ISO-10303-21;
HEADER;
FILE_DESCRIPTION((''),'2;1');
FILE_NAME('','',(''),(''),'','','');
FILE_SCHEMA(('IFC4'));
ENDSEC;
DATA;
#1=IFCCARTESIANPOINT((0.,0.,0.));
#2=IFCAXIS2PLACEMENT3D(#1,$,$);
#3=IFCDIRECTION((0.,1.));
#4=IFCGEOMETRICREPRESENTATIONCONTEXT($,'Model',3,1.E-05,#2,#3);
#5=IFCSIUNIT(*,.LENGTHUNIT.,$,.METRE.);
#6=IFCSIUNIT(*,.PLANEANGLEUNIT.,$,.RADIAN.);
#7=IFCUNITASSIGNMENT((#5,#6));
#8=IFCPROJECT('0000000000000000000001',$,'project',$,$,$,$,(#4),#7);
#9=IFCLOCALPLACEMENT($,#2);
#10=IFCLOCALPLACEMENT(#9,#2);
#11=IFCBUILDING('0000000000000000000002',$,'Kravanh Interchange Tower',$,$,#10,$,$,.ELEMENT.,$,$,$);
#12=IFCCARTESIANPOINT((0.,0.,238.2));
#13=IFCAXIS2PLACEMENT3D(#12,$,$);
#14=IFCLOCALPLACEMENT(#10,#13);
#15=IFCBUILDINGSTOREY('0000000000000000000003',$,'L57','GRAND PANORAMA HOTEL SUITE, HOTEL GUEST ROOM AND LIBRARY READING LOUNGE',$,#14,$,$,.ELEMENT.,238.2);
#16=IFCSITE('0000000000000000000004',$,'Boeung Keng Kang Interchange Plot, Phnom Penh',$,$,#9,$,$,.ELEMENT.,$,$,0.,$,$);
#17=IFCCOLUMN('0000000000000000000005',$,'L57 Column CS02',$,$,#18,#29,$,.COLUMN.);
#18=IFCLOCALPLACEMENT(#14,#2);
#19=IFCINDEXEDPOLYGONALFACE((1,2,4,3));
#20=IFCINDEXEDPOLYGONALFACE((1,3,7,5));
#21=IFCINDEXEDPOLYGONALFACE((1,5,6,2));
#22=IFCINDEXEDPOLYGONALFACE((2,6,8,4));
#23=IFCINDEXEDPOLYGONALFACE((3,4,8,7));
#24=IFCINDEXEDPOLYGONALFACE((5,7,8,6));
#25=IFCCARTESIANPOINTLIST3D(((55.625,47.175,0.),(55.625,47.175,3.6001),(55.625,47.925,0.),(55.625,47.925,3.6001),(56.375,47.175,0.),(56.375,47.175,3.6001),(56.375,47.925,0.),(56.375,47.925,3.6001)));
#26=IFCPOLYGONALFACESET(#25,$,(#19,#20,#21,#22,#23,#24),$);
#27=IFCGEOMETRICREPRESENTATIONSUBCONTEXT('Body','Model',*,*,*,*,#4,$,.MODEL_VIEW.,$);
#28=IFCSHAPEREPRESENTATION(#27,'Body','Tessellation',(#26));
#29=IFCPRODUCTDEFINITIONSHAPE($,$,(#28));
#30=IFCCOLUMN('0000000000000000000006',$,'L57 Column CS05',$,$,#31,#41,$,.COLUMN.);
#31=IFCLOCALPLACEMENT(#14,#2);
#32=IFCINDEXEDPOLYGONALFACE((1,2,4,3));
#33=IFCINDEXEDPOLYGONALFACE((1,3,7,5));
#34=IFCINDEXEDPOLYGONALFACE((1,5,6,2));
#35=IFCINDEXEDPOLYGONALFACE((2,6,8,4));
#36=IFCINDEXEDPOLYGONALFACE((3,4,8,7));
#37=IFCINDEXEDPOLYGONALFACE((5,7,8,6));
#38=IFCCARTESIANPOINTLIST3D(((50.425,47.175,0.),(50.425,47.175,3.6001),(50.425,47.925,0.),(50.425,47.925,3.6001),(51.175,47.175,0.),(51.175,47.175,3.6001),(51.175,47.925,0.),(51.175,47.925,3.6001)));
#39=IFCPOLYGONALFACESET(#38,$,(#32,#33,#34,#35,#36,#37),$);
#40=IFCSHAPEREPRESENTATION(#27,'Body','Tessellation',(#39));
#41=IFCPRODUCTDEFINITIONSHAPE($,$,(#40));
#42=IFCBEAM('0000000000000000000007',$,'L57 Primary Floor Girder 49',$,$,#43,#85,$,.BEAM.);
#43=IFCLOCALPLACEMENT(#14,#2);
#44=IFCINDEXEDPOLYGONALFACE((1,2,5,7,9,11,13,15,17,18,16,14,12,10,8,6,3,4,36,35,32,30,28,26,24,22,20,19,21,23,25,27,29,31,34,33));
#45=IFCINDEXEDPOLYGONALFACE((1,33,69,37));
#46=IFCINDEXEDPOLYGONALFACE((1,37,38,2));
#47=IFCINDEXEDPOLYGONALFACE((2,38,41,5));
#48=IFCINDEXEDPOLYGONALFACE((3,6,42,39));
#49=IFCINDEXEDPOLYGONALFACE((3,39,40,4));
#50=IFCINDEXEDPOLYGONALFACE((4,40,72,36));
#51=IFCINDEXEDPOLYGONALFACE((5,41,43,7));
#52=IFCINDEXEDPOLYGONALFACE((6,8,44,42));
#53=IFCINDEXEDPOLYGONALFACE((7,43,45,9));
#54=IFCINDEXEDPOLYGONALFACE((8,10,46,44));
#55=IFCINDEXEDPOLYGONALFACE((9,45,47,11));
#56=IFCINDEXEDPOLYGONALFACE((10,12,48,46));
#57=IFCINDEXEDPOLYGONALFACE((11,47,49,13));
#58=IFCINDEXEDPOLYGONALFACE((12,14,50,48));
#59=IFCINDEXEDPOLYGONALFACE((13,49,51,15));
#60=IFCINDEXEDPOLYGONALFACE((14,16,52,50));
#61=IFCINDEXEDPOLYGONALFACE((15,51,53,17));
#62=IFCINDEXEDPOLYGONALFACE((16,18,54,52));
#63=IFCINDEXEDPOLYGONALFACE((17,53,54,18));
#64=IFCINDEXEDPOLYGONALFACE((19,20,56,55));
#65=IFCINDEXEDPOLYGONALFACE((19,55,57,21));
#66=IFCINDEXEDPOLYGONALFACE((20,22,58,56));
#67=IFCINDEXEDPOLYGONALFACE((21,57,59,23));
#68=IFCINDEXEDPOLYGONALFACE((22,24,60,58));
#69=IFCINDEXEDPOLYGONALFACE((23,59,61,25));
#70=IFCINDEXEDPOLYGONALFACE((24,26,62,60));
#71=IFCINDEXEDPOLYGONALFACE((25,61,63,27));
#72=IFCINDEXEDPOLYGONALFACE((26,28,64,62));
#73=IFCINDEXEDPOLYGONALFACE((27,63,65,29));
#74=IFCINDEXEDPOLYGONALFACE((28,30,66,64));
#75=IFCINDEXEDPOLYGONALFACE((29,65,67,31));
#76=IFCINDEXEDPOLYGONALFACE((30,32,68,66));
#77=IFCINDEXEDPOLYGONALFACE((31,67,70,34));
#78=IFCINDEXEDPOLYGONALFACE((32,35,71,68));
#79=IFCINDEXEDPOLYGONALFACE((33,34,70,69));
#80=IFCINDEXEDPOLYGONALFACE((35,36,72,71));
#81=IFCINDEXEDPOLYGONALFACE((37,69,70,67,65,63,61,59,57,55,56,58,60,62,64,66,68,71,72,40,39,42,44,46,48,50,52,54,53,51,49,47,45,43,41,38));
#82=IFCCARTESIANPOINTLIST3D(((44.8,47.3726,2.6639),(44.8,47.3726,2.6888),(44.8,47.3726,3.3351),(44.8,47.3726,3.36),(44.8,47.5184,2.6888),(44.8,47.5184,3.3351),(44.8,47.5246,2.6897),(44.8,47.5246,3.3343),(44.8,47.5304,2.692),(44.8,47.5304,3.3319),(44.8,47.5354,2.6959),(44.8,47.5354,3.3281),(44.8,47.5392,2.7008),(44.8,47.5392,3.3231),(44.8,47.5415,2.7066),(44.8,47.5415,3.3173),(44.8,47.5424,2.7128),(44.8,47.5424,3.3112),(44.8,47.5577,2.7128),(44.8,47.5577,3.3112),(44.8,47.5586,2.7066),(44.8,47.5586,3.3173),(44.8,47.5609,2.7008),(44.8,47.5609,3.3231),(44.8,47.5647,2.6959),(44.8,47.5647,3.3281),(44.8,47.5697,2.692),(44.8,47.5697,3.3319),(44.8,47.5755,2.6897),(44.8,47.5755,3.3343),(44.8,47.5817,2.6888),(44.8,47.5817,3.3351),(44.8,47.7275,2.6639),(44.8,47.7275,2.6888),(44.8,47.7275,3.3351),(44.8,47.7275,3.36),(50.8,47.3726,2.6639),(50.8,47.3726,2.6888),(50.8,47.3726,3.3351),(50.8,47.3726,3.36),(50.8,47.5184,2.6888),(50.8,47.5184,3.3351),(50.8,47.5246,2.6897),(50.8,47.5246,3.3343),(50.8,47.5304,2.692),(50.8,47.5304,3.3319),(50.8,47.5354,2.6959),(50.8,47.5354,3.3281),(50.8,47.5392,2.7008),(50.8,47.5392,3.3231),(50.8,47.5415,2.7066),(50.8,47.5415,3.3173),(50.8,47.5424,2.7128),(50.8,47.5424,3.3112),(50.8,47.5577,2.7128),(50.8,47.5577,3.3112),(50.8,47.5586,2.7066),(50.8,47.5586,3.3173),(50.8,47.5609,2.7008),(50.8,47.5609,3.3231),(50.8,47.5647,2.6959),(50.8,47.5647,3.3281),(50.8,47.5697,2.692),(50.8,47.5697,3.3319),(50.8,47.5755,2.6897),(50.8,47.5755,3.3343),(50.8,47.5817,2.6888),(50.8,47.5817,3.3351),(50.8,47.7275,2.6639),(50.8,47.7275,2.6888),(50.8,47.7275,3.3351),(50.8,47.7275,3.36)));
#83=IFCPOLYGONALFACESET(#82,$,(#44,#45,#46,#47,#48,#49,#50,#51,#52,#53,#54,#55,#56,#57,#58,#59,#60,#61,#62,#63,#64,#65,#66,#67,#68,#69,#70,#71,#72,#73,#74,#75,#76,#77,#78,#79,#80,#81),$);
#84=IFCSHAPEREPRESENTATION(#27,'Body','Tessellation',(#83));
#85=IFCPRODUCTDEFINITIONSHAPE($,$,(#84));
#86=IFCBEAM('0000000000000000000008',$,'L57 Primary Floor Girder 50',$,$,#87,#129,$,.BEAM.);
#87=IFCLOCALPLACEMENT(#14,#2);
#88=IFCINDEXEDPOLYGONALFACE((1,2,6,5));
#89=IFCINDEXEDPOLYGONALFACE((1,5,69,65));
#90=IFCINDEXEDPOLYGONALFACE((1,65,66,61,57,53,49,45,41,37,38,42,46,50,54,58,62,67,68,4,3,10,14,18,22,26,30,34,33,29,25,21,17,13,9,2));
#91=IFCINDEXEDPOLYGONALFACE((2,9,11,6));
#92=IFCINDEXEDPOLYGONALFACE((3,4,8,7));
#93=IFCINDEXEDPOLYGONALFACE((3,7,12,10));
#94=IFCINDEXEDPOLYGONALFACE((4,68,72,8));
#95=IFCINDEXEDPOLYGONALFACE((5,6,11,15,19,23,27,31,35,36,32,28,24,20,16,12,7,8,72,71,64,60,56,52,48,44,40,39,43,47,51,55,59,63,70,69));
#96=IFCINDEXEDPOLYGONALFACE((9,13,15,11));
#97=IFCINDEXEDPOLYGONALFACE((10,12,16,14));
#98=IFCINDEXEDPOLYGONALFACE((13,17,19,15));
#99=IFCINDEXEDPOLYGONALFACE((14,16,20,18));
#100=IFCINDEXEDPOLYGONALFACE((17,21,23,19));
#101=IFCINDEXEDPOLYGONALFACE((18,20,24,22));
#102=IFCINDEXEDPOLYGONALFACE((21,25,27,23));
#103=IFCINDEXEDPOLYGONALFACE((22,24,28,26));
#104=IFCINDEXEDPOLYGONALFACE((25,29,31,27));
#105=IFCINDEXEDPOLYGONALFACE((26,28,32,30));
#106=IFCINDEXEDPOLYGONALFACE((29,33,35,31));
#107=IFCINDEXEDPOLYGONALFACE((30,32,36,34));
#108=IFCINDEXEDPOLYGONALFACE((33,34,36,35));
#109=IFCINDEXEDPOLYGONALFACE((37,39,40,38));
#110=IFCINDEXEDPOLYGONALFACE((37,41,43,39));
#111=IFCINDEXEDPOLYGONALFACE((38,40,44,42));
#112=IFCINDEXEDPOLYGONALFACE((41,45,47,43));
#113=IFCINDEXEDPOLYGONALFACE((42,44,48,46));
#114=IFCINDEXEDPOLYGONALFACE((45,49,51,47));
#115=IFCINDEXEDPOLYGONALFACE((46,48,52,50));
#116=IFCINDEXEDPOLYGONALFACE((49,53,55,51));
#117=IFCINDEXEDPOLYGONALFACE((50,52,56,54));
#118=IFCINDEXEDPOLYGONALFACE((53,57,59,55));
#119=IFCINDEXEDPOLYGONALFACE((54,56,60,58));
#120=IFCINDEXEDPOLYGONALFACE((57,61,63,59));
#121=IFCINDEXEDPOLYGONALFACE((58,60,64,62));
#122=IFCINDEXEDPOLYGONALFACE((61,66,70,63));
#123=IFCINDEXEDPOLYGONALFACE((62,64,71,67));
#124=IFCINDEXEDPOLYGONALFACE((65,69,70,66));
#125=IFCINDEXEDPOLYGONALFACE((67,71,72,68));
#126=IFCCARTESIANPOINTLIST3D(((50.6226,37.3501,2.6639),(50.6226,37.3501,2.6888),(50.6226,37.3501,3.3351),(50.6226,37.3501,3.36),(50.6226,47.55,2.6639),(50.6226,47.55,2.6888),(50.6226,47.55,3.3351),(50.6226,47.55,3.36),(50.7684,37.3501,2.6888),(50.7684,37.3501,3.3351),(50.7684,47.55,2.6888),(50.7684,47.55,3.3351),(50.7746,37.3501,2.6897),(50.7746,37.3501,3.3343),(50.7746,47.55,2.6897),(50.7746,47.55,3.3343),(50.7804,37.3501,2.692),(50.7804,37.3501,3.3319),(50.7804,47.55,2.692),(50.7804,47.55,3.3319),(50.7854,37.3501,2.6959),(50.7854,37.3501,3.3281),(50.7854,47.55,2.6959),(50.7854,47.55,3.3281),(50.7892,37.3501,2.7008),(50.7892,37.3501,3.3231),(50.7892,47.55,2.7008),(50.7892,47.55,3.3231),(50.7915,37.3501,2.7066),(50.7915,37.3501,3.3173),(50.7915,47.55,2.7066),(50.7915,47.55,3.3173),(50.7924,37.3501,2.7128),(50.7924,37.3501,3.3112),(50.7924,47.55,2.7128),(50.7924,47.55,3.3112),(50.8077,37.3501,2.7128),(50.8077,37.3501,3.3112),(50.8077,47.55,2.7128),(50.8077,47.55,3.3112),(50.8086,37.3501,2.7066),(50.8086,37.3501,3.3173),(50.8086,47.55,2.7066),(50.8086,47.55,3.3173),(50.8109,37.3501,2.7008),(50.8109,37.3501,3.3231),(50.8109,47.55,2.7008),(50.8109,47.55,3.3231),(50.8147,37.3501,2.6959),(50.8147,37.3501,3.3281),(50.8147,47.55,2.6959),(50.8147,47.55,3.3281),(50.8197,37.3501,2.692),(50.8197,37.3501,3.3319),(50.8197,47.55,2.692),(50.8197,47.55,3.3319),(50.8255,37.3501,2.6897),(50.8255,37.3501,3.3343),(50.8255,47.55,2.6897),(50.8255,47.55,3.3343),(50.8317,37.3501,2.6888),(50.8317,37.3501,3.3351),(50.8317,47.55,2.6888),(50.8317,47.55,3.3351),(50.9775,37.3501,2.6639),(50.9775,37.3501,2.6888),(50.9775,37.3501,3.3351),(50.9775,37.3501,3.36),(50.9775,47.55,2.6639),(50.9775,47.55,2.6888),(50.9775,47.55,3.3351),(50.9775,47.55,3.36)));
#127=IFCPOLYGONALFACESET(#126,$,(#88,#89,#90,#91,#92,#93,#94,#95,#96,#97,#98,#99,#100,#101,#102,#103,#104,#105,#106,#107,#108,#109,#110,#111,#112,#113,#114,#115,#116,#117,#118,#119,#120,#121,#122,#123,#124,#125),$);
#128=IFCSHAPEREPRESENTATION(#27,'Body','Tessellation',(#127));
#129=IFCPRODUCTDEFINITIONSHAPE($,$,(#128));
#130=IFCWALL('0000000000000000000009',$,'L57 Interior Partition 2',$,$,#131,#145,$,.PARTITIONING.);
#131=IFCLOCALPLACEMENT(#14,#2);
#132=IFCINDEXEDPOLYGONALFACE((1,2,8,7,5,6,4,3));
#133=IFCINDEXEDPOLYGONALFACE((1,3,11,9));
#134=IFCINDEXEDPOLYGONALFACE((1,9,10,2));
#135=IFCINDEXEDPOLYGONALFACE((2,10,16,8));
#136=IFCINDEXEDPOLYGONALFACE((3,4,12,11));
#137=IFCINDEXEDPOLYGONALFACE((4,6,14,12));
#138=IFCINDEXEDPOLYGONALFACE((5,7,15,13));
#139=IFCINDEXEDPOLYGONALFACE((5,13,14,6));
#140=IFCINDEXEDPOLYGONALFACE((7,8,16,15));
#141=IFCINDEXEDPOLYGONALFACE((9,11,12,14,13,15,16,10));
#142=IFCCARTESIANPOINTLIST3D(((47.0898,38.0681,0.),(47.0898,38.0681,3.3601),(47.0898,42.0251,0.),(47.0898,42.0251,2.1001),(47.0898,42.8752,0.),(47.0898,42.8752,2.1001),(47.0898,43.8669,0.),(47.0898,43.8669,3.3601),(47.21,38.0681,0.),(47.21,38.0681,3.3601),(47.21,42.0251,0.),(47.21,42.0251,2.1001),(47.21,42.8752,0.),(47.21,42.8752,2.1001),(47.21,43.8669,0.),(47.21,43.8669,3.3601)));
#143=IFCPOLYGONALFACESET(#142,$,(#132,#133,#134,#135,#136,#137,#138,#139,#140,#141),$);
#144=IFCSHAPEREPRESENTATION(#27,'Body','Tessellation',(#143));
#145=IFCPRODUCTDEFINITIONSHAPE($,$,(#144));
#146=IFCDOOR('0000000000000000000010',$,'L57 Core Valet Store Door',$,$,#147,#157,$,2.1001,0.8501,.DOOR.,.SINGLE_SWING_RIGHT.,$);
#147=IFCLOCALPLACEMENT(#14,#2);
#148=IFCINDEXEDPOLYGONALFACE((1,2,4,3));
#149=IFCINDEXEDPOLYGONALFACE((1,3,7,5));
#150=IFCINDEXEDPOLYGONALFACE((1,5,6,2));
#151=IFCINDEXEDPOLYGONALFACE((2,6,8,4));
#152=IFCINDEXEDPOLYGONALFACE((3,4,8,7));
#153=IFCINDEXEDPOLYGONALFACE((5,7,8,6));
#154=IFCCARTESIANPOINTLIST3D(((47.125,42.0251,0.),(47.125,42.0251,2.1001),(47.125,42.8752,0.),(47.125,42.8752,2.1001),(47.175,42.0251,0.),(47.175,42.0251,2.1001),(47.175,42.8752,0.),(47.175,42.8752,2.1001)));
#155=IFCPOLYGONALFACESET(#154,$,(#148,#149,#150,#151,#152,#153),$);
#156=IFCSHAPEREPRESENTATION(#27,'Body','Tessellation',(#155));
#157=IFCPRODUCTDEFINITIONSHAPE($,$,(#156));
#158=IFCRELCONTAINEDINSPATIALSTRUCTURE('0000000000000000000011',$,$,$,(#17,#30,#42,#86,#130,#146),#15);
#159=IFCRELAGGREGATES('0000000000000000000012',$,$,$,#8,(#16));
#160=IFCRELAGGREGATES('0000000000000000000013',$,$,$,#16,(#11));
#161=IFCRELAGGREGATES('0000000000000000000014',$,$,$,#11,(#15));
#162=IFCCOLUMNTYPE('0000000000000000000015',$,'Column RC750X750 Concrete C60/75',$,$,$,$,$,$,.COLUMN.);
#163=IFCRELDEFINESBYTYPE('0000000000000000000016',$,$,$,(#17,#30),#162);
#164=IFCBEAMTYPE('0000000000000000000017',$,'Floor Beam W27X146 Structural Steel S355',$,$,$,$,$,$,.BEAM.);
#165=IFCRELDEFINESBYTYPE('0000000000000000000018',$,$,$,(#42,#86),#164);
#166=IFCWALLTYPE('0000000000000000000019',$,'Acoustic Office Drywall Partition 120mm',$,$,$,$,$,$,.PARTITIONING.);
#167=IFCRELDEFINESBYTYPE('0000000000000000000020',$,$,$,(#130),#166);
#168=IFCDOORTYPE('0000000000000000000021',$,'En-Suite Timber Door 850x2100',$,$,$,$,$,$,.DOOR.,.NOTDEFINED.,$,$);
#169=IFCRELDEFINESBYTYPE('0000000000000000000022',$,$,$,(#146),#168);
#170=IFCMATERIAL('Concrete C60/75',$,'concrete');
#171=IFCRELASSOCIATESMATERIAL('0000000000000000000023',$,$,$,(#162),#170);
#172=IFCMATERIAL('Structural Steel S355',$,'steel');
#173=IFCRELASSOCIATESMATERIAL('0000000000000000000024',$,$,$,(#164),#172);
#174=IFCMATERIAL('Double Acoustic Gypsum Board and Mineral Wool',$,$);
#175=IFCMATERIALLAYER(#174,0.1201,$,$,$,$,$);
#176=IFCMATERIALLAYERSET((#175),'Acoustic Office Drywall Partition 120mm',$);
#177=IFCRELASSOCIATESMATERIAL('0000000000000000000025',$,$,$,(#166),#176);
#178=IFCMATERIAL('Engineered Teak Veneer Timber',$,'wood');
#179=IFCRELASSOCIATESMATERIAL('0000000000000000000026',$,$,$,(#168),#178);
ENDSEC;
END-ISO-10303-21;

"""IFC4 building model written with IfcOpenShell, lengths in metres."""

from ifc_helpers import new_model, si_unit, direction, frame, frame_2d, origin, origin_2d, place, context, subcontext, project, spatial, rectangle, i_section, extrude, material, layer, layer_set, material_profile, profile_set, type_object, element, fill, save


model = new_model("IFC4")

# Units and contexts
model_context = context("Model", 3, precision=1e-05, world=origin(), true_north=direction((0.0, 1.0)))
body_context = subcontext(model_context, "Body", "Model", "MODEL_VIEW")
ifc_project = project(units=[si_unit("LENGTHUNIT", "METRE"), si_unit("PLANEANGLEUNIT", "RADIAN")], contexts=[model_context])

# Site, building, storey
site_placement = place(None, origin())
site = spatial("IfcSite", under=ifc_project, at=site_placement, Name="Boeung Keng Kang Interchange Plot, Phnom Penh", CompositionType="ELEMENT", RefElevation=0.0)
building_placement = place(site_placement, origin())
building = spatial("IfcBuilding", under=site, at=building_placement, Name="Kravanh Interchange Tower", CompositionType="ELEMENT")
storey_placement = place(building_placement, frame((0.0, 0.0, 238.2)))
storey = spatial("IfcBuildingStorey", under=building, at=storey_placement, Name="L57", Description="GRAND PANORAMA HOTEL SUITE, HOTEL GUEST ROOM AND LIBRARY READING LOUNGE", CompositionType="ELEMENT", Elevation=238.2)

# Columns
ifc_material_1 = material(Name="Concrete C60/75", Category="concrete")
ifc_material_profile_1 = material_profile(ifc_material_1, rectangle(XDim=0.75, YDim=0.75, at=origin_2d()), Name="RC750X750")
ifc_profile_set_1 = profile_set([ifc_material_profile_1], Name="Concrete C60/75")
column_type = type_object("IfcColumnType", Name="Column RC750X750 Concrete C60/75", PredefinedType="COLUMN", material=ifc_profile_set_1)
for number, where, z_axis, x_axis, name in (
    (1, (56.0, 47.55, 0.0), (0.0, 0.0, 1.0), (1.0, 0.0, 0.0), "L57 Column CS02"),
    (2, (50.8, 47.55, 0.0), (0.0, 0.0, 1.0), (1.0, 0.0, 0.0), "L57 Column CS05"),
):
    element("IfcColumn", number, at=place(storey_placement, frame(where, z_axis=z_axis, x_axis=x_axis)), inside=storey, type_object=column_type, Name=name, PredefinedType="COLUMN", context=body_context, shape_type="SweptSolid", body=[
        extrude(rectangle(XDim=0.75, YDim=0.75, at=origin_2d()), origin(), (0.0, 0.0, 1.0), 3.6001),
    ])

# Beams
ifc_material_2 = material(Name="Structural Steel S355", Category="steel")
ifc_material_profile_2 = material_profile(ifc_material_2, i_section(OverallWidth=0.355, OverallDepth=0.696, WebThickness=0.0154, FlangeThickness=0.0249, FilletRadius=0.0239, at=origin_2d()), Name="W27X146")
ifc_profile_set_2 = profile_set([ifc_material_profile_2], Name="Structural Steel S355")
beam_type = type_object("IfcBeamType", Name="Floor Beam W27X146 Structural Steel S355", PredefinedType="BEAM", material=ifc_profile_set_2)
beam_1_placement = place(storey_placement, frame((50.8, 47.55, 3.012), z_axis=(-1.0, 0.0, 0.0), x_axis=(0.0, -1.0, 0.0)))
element("IfcBeam", 3, at=beam_1_placement, inside=storey, type_object=beam_type, Name="L57 Primary Floor Girder 49", PredefinedType="BEAM", context=body_context, shape_type="SweptSolid", body=[
    extrude(i_section(OverallWidth=0.355, OverallDepth=0.696, WebThickness=0.0154, FlangeThickness=0.0249, FilletRadius=0.0239, at=origin_2d()), origin(), (0.0, 0.0, 1.0), 6.0),
])
beam_2_placement = place(storey_placement, frame((50.8, 47.55, 3.012), z_axis=(0.0, -1.0, 0.0), x_axis=(1.0, 0.0, 0.0)))
element("IfcBeam", 4, at=beam_2_placement, inside=storey, type_object=beam_type, Name="L57 Primary Floor Girder 50", PredefinedType="BEAM", context=body_context, shape_type="SweptSolid", body=[
    extrude(i_section(OverallWidth=0.355, OverallDepth=0.696, WebThickness=0.0154, FlangeThickness=0.0249, FilletRadius=0.0239, at=origin_2d()), origin(), (0.0, 0.0, 1.0), 10.2),
])

# Wall, opening, door
ifc_material_3 = material(Name="Double Acoustic Gypsum Board and Mineral Wool")
ifc_layer_1 = layer(ifc_material_3, 0.1201)
ifc_layer_set_1 = layer_set([ifc_layer_1], Name="Acoustic Office Drywall Partition 120mm")
wall_type_1 = type_object("IfcWallType", Name="Acoustic Office Drywall Partition 120mm", PredefinedType="PARTITIONING", material=ifc_layer_set_1)
wall_1_placement = place(storey_placement, frame((47.1499, 38.0681, 0.0), z_axis=(0.0, 0.0, 1.0), x_axis=(0.0, 1.0, 0.0)))
wall_1 = element("IfcWall", 5, at=wall_1_placement, inside=storey, type_object=wall_type_1, Name="L57 Interior Partition 2", PredefinedType="PARTITIONING", context=body_context, shape_type="SweptSolid", body=[
    extrude(rectangle(XDim=5.7988, YDim=0.1201, at=frame_2d((2.8994, 0.0))), origin(), (0.0, 0.0, 1.0), 3.3601),
])
opening_1_placement = place(wall_1_placement, frame((3.957, 0.0, 0.0)))
opening_1 = element("IfcOpeningElement", 6, at=opening_1_placement, cuts=wall_1, PredefinedType="OPENING", context=body_context, shape_type="SweptSolid", body=[
    extrude(rectangle(XDim=0.8501, YDim=2.1001, at=frame_2d((0.425, 1.05))), frame((0.0, 0.0701, 0.0), z_axis=(0.0, -1.0, 0.0), x_axis=(1.0, 0.0, 0.0)), (0.0, 0.0, 1.0), 0.1401),
])
ifc_material_4 = material(Name="Engineered Teak Veneer Timber", Category="wood")
door_type_1 = type_object("IfcDoorType", Name="En-Suite Timber Door 850x2100", OperationType="NOTDEFINED", PredefinedType="DOOR", material=ifc_material_4)
door_1_placement = place(opening_1_placement, origin())
door_1 = element("IfcDoor", 7, at=door_1_placement, inside=storey, type_object=door_type_1, Name="L57 Core Valet Store Door", OperationType="SINGLE_SWING_RIGHT", OverallHeight=2.1001, OverallWidth=0.8501, PredefinedType="DOOR", context=body_context, shape_type="SweptSolid", body=[
    extrude(rectangle(XDim=0.8501, YDim=2.1001, at=frame_2d((0.425, 1.05))), frame((0.0, 0.0249, 0.0), z_axis=(0.0, -1.0, 0.0), x_axis=(1.0, 0.0, 0.0)), (0.0, 0.0, 1.0), 0.05),
])
fill(opening_1, door_1)

save(model, "model.ifc")
